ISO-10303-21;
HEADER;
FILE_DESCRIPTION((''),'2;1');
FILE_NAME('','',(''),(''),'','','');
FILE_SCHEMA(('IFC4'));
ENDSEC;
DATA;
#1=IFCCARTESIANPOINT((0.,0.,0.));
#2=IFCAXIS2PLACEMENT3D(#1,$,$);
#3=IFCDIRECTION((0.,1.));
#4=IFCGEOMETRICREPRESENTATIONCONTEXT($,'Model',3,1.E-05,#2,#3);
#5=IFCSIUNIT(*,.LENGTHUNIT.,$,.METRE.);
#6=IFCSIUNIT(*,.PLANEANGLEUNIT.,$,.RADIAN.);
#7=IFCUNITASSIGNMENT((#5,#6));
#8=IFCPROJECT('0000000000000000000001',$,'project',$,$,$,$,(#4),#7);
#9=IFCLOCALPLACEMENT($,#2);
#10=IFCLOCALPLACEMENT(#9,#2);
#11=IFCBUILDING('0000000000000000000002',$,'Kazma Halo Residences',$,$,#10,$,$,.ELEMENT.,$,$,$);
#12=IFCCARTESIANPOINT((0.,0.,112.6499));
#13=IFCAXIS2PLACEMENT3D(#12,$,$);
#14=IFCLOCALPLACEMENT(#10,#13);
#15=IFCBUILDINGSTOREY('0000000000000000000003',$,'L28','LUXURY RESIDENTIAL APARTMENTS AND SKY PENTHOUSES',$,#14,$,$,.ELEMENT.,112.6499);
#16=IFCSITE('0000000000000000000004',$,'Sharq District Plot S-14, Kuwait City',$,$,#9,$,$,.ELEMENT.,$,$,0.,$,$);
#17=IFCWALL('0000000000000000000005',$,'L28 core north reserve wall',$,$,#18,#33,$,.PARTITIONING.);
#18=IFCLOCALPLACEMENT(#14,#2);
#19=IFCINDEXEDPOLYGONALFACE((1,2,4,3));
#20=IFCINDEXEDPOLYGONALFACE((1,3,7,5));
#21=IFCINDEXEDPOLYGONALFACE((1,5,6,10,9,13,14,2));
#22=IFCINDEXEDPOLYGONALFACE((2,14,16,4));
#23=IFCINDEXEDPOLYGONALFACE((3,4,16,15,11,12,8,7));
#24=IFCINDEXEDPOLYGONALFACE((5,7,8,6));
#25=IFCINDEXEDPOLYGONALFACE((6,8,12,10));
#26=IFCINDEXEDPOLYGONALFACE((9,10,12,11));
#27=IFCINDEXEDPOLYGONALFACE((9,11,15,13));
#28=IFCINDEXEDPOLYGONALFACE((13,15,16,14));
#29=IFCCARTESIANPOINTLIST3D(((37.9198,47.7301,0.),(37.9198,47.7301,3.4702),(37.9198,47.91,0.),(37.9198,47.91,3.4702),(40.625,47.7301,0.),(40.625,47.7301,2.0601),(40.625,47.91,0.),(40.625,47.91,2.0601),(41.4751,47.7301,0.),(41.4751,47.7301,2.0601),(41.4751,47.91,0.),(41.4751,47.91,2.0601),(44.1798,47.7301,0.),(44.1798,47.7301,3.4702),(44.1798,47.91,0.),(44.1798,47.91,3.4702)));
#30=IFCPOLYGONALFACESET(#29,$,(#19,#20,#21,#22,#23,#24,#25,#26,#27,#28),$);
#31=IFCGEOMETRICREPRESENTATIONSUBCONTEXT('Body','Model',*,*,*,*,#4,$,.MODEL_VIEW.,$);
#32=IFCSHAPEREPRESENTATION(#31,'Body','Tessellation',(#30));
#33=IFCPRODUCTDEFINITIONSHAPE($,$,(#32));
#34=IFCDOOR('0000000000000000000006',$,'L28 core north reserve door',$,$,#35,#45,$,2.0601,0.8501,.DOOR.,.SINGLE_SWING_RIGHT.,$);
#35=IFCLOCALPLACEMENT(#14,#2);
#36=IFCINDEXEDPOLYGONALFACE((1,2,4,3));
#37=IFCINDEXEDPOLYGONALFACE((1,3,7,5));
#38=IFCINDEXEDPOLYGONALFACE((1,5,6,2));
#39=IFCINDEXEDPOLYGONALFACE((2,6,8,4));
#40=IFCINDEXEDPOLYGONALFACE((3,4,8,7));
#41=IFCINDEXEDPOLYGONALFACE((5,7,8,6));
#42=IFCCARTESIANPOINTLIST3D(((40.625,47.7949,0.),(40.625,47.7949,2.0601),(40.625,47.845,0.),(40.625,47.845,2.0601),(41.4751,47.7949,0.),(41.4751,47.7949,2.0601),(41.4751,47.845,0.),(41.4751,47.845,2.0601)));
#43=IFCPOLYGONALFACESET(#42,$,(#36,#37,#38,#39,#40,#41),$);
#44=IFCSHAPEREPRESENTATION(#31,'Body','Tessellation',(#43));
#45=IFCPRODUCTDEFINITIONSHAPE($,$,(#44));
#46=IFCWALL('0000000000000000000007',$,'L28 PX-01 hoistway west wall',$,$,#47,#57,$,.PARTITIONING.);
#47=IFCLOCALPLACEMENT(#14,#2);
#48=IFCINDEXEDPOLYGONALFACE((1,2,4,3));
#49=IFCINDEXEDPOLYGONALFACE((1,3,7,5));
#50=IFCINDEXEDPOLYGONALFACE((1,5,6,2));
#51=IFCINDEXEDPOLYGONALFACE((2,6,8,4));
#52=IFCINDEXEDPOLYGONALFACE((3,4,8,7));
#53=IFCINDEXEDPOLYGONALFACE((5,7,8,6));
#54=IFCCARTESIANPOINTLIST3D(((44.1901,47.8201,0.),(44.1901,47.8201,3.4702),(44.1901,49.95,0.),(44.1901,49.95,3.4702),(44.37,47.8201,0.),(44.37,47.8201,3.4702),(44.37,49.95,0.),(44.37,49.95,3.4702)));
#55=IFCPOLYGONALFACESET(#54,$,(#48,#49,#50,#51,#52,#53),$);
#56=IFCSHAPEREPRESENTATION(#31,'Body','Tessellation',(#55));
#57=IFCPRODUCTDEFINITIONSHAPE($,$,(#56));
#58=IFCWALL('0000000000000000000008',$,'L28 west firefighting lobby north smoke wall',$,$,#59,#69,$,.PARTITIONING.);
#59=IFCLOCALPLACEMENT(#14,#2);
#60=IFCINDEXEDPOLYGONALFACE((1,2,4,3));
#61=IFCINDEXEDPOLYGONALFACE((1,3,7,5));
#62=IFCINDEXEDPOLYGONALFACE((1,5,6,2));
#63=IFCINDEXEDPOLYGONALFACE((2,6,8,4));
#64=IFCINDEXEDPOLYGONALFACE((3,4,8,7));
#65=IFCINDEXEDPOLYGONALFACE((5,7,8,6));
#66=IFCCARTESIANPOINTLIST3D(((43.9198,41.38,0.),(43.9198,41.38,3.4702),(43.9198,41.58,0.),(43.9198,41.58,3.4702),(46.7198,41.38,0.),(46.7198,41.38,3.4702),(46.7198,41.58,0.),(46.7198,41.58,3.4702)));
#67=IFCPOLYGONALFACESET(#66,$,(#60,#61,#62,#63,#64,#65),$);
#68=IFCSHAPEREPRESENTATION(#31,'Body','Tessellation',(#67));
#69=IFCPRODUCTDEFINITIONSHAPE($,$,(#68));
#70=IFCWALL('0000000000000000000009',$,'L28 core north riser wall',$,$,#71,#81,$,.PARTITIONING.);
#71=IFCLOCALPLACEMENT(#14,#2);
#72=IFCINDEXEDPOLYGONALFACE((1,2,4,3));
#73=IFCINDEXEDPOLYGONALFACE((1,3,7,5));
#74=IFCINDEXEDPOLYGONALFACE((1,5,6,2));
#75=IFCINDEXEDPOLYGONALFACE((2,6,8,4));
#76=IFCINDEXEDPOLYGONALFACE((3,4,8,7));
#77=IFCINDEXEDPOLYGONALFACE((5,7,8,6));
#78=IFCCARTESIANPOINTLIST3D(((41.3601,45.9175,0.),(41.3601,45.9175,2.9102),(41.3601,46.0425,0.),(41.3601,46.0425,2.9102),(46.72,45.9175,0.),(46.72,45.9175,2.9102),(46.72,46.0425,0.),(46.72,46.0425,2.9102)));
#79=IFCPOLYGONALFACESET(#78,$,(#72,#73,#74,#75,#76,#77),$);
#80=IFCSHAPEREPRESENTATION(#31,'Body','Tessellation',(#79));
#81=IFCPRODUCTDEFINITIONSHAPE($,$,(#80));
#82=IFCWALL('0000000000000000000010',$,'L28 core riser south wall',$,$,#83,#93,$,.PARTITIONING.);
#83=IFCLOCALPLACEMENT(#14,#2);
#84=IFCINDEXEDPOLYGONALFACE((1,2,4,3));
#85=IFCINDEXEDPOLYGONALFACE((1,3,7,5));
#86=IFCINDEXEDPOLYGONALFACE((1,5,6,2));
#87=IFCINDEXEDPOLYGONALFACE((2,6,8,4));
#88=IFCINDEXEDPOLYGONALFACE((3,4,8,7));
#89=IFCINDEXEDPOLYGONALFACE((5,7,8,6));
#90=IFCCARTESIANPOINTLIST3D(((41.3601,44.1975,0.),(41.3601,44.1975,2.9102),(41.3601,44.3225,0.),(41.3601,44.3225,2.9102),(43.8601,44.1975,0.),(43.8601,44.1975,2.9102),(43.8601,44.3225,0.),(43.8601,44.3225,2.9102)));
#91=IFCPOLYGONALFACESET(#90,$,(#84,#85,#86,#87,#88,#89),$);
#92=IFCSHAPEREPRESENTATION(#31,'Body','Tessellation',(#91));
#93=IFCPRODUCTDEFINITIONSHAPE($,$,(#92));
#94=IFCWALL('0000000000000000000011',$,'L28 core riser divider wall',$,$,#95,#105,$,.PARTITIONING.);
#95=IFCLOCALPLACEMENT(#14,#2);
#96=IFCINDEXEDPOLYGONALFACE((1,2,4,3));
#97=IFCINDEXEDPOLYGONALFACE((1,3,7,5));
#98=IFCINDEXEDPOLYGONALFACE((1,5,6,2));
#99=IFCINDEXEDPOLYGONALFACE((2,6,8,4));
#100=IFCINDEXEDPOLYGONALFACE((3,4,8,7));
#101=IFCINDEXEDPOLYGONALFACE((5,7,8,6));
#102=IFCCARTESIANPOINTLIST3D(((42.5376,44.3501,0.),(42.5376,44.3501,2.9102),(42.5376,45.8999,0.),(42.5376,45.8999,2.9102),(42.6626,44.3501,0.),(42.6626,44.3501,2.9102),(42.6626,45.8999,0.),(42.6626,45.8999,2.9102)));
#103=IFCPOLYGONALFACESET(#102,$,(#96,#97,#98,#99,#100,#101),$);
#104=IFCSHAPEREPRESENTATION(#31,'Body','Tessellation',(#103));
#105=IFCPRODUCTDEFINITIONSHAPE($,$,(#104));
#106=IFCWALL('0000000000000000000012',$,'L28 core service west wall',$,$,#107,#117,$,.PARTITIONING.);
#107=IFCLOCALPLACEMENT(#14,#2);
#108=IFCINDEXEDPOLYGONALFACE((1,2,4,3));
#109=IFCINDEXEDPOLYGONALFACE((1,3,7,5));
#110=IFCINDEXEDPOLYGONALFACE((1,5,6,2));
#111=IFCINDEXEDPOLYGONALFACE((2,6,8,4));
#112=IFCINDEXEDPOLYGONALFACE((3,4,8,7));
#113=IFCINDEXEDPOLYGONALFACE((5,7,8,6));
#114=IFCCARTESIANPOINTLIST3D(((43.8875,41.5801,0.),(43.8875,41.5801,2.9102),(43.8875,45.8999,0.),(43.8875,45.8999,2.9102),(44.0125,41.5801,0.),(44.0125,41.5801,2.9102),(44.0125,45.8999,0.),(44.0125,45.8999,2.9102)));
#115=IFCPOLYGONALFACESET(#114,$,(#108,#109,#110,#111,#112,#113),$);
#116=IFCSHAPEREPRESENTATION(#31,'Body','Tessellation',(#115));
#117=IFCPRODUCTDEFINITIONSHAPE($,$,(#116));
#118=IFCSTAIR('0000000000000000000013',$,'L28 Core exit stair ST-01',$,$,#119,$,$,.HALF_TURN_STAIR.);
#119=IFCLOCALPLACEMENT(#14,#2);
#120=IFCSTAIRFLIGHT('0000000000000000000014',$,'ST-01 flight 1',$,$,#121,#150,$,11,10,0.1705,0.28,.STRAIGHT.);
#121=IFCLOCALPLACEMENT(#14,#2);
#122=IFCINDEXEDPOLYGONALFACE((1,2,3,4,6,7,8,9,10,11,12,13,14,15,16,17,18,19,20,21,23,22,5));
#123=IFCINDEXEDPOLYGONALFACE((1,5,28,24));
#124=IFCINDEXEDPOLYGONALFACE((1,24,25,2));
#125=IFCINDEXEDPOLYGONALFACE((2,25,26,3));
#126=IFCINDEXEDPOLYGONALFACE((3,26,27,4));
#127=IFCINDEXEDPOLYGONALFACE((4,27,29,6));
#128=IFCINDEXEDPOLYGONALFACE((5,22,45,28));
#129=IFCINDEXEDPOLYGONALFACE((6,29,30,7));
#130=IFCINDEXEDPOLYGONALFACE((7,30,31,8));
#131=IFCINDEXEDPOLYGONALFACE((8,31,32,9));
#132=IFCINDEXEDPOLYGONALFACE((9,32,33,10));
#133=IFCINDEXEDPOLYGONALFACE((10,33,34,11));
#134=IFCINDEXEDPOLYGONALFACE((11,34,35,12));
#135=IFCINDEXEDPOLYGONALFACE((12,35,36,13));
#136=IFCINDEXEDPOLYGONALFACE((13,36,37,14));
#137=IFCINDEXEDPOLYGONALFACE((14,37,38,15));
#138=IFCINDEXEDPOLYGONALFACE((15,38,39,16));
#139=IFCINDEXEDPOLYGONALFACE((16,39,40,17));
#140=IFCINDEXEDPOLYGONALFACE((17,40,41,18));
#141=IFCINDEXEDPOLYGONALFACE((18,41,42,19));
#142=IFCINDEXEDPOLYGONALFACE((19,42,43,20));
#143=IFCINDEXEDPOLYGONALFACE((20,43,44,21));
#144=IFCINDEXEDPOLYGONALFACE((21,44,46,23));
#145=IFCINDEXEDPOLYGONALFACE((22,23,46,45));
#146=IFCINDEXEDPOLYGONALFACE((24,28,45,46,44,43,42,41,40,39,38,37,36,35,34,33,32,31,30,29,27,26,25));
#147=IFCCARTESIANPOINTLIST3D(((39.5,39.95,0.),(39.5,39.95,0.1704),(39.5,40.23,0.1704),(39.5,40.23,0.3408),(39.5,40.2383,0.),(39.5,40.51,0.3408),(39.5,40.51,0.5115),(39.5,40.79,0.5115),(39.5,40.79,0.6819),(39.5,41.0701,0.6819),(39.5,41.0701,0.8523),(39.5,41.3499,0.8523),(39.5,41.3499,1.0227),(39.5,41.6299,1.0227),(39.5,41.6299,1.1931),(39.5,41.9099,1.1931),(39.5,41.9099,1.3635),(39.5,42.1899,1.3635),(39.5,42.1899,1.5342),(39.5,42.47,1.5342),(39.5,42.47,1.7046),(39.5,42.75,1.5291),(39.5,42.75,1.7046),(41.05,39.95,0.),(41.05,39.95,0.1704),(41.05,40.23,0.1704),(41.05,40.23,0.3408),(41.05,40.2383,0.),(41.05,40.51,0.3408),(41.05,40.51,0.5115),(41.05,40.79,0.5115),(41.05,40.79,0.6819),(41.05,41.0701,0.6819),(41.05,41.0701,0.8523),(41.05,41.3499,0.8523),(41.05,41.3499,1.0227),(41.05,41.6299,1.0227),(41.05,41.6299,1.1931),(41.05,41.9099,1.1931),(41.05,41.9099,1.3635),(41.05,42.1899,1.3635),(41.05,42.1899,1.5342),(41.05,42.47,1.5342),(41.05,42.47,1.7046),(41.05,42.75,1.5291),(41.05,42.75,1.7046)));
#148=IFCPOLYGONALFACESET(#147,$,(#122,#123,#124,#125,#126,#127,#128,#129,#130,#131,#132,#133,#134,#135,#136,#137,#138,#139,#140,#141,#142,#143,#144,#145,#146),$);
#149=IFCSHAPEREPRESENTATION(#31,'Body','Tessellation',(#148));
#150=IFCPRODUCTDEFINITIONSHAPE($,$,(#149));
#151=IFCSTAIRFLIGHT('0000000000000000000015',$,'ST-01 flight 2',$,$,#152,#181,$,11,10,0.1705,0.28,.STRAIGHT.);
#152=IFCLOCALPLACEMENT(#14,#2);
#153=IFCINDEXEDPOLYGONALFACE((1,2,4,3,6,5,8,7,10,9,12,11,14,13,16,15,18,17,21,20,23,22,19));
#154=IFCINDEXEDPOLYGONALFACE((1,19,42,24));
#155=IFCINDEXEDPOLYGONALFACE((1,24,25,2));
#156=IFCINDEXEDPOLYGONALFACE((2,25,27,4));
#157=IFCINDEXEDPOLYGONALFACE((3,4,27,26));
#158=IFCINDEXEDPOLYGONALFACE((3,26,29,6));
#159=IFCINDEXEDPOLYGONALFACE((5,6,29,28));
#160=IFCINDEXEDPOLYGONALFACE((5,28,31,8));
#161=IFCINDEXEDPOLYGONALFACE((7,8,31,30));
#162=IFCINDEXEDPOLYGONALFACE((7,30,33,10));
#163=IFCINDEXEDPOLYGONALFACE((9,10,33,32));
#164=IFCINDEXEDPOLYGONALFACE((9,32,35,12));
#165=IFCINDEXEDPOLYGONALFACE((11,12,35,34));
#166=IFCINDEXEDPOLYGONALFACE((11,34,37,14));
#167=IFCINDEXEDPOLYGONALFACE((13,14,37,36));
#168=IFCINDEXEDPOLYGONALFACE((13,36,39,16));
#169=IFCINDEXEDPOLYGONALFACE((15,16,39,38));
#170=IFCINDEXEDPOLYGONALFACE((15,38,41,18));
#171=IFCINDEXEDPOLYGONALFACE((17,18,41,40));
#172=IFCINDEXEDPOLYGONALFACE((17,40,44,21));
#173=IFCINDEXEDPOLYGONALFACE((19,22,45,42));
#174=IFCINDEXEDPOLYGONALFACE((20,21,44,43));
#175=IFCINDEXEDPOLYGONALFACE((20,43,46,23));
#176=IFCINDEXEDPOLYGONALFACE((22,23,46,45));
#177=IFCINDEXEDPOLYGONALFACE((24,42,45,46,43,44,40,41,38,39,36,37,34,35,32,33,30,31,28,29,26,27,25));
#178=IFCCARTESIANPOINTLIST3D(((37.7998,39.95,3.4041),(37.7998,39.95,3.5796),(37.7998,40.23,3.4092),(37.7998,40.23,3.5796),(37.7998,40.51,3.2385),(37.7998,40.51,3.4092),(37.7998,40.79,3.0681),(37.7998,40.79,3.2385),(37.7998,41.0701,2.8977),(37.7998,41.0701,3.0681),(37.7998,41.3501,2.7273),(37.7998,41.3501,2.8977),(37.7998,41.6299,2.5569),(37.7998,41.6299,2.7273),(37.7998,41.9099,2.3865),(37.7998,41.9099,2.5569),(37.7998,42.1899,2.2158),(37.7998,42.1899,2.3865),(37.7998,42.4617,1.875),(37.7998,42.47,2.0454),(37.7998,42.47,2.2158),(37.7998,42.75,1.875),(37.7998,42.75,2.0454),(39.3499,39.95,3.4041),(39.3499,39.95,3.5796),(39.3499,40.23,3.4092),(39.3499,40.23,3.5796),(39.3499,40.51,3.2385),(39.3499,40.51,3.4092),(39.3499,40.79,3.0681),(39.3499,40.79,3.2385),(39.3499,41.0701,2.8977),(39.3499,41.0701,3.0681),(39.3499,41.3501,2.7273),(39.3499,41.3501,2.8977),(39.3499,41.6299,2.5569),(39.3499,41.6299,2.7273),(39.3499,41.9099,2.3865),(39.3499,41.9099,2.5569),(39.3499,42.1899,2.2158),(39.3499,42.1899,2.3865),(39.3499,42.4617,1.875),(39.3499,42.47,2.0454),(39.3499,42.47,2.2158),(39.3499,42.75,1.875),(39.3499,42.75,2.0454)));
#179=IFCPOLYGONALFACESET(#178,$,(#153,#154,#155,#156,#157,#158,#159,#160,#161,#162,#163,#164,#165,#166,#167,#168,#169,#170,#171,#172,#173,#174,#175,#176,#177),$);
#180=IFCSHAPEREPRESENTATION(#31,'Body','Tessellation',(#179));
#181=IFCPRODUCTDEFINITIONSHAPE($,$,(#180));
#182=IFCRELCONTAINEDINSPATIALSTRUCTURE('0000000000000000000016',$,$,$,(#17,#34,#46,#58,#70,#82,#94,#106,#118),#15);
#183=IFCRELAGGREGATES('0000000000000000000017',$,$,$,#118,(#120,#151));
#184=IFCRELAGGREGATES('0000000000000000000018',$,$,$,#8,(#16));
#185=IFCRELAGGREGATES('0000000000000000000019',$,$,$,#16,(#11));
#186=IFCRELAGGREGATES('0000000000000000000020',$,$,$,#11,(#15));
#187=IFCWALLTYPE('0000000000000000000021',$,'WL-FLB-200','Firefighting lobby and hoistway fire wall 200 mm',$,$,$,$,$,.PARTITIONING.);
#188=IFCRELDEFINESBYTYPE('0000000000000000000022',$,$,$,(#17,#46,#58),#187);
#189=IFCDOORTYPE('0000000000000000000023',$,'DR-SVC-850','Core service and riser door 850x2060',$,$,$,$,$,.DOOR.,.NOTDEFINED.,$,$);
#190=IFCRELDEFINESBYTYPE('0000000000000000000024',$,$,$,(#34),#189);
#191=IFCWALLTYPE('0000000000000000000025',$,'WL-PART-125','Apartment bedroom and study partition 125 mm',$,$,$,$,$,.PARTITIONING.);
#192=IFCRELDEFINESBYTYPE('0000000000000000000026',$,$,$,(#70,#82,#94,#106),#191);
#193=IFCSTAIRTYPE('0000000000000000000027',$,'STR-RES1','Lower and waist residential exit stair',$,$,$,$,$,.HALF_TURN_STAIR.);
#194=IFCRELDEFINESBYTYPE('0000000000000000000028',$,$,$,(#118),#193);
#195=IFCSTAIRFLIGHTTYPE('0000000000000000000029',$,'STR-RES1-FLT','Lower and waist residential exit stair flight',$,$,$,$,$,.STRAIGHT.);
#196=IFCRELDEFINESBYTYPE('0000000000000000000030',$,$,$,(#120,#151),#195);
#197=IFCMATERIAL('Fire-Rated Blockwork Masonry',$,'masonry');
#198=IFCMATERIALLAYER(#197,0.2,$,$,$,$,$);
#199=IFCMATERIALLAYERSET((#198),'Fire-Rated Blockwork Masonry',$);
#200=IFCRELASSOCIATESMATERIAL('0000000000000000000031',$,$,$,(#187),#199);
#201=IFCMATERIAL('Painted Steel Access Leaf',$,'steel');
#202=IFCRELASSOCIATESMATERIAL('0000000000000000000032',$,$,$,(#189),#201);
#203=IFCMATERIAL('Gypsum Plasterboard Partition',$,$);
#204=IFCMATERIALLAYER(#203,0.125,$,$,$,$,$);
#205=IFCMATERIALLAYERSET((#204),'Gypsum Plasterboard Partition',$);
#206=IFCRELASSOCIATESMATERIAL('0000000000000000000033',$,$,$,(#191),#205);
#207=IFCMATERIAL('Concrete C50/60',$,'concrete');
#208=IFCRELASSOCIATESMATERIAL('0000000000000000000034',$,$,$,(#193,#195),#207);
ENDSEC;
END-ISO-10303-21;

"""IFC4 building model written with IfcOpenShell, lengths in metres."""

from ifc_helpers import new_model, si_unit, direction, frame, frame_2d, origin, place, context, subcontext, project, spatial, polyline, rectangle, outline, extrude, material, layer, layer_set, type_object, element, fill, aggregate, save


model = new_model("IFC4")

# Units and contexts
model_context = context("Model", 3, precision=1e-05, world=origin(), true_north=direction((0.0, 1.0)))
body_context = subcontext(model_context, "Body", "Model", "MODEL_VIEW")
ifc_project = project(units=[si_unit("LENGTHUNIT", "METRE"), si_unit("PLANEANGLEUNIT", "RADIAN")], contexts=[model_context])

# Site, building, storey
site_placement = place(None, origin())
site = spatial("IfcSite", under=ifc_project, at=site_placement, Name="Sharq District Plot S-14, Kuwait City", CompositionType="ELEMENT", RefElevation=0.0)
building_placement = place(site_placement, origin())
building = spatial("IfcBuilding", under=site, at=building_placement, Name="Kazma Halo Residences", CompositionType="ELEMENT")
storey_placement = place(building_placement, frame((0.0, 0.0, 112.6499)))
storey = spatial("IfcBuildingStorey", under=building, at=storey_placement, Name="L28", Description="LUXURY RESIDENTIAL APARTMENTS AND SKY PENTHOUSES", CompositionType="ELEMENT", Elevation=112.6499)

# Shared definitions
ifc_material_1 = material(Name="Fire-Rated Blockwork Masonry", Category="masonry")
ifc_layer_1 = layer(ifc_material_1, 0.2)
ifc_layer_set_1 = layer_set([ifc_layer_1], Name="Fire-Rated Blockwork Masonry")
wall_type_1 = type_object("IfcWallType", Name="WL-FLB-200", Description="Firefighting lobby and hoistway fire wall 200 mm", PredefinedType="PARTITIONING", material=ifc_layer_set_1)

# Wall, opening, door
wall_1_placement = place(storey_placement, frame((37.9199, 47.8201, 0.0), z_axis=(0.0, 0.0, 1.0), x_axis=(1.0, 0.0, 0.0)))
wall_1 = element("IfcWall", 1, at=wall_1_placement, inside=storey, type_object=wall_type_1, Name="L28 core north reserve wall", PredefinedType="PARTITIONING", context=body_context, shape_type="SweptSolid", body=[
    extrude(rectangle(XDim=6.26, YDim=0.1799, at=frame_2d((3.1299, 0.0))), origin(), (0.0, 0.0, 1.0), 3.4702),
])
opening_1_placement = place(wall_1_placement, frame((2.7051, 0.0, 0.0)))
opening_1 = element("IfcOpeningElement", 2, at=opening_1_placement, cuts=wall_1, PredefinedType="OPENING", context=body_context, shape_type="SweptSolid", body=[
    extrude(rectangle(XDim=0.8501, YDim=2.0601, at=frame_2d((0.425, 1.03))), frame((0.0, 0.0999, 0.0), z_axis=(0.0, -1.0, 0.0), x_axis=(1.0, 0.0, 0.0)), (0.0, 0.0, 1.0), 0.2),
])
ifc_material_2 = material(Name="Painted Steel Access Leaf", Category="steel")
door_type_1 = type_object("IfcDoorType", Name="DR-SVC-850", Description="Core service and riser door 850x2060", OperationType="NOTDEFINED", PredefinedType="DOOR", material=ifc_material_2)
door_1_placement = place(opening_1_placement, origin())
door_1 = element("IfcDoor", 3, at=door_1_placement, inside=storey, type_object=door_type_1, Name="L28 core north reserve door", OperationType="SINGLE_SWING_RIGHT", OverallHeight=2.0601, OverallWidth=0.8501, PredefinedType="DOOR", context=body_context, shape_type="SweptSolid", body=[
    extrude(rectangle(XDim=0.8501, YDim=2.0601, at=frame_2d((0.425, 1.03))), frame((0.0, 0.0249, 0.0), z_axis=(0.0, -1.0, 0.0), x_axis=(1.0, 0.0, 0.0)), (0.0, 0.0, 1.0), 0.05),
])
fill(opening_1, door_1)

# Walls
wall_2_placement = place(storey_placement, frame((44.28, 47.8201, 0.0), z_axis=(0.0, 0.0, 1.0), x_axis=(0.0, 1.0, 0.0)))
element("IfcWall", 4, at=wall_2_placement, inside=storey, type_object=wall_type_1, Name="L28 PX-01 hoistway west wall", PredefinedType="PARTITIONING", context=body_context, shape_type="SweptSolid", body=[
    extrude(rectangle(XDim=2.1299, YDim=0.1799, at=frame_2d((1.0649, 0.0))), origin(), (0.0, 0.0, 1.0), 3.4702),
])
wall_3_placement = place(storey_placement, frame((43.9199, 41.48, 0.0), z_axis=(0.0, 0.0, 1.0), x_axis=(1.0, 0.0, 0.0)))
element("IfcWall", 5, at=wall_3_placement, inside=storey, type_object=wall_type_1, Name="L28 west firefighting lobby north smoke wall", PredefinedType="PARTITIONING", context=body_context, shape_type="SweptSolid", body=[
    extrude(rectangle(XDim=2.8, YDim=0.2, at=frame_2d((1.3999, 0.0))), origin(), (0.0, 0.0, 1.0), 3.4702),
])
ifc_material_3 = material(Name="Gypsum Plasterboard Partition")
ifc_layer_2 = layer(ifc_material_3, 0.125)
ifc_layer_set_2 = layer_set([ifc_layer_2], Name="Gypsum Plasterboard Partition")
wall_type_2 = type_object("IfcWallType", Name="WL-PART-125", Description="Apartment bedroom and study partition 125 mm", PredefinedType="PARTITIONING", material=ifc_layer_set_2)
wall_4_placement = place(storey_placement, frame((41.3601, 45.98, 0.0), z_axis=(0.0, 0.0, 1.0), x_axis=(1.0, 0.0, 0.0)))
element("IfcWall", 6, at=wall_4_placement, inside=storey, type_object=wall_type_2, Name="L28 core north riser wall", PredefinedType="PARTITIONING", context=body_context, shape_type="SweptSolid", body=[
    extrude(rectangle(XDim=5.3599, YDim=0.125, at=frame_2d((2.6799, 0.0))), origin(), (0.0, 0.0, 1.0), 2.9102),
])
wall_5_placement = place(storey_placement, frame((41.3601, 44.26, 0.0), z_axis=(0.0, 0.0, 1.0), x_axis=(1.0, 0.0, 0.0)))
element("IfcWall", 7, at=wall_5_placement, inside=storey, type_object=wall_type_2, Name="L28 core riser south wall", PredefinedType="PARTITIONING", context=body_context, shape_type="SweptSolid", body=[
    extrude(rectangle(XDim=2.5, YDim=0.125, at=frame_2d((1.25, 0.0))), origin(), (0.0, 0.0, 1.0), 2.9102),
])
wall_6_placement = place(storey_placement, frame((42.6001, 44.3501, 0.0), z_axis=(0.0, 0.0, 1.0), x_axis=(0.0, 1.0, 0.0)))
element("IfcWall", 8, at=wall_6_placement, inside=storey, type_object=wall_type_2, Name="L28 core riser divider wall", PredefinedType="PARTITIONING", context=body_context, shape_type="SweptSolid", body=[
    extrude(rectangle(XDim=1.5498, YDim=0.125, at=frame_2d((0.7749, 0.0))), origin(), (0.0, 0.0, 1.0), 2.9102),
])
wall_7_placement = place(storey_placement, frame((43.95, 41.5801, 0.0), z_axis=(0.0, 0.0, 1.0), x_axis=(0.0, 1.0, 0.0)))
element("IfcWall", 9, at=wall_7_placement, inside=storey, type_object=wall_type_2, Name="L28 core service west wall", PredefinedType="PARTITIONING", context=body_context, shape_type="SweptSolid", body=[
    extrude(rectangle(XDim=4.3198, YDim=0.125, at=frame_2d((2.1599, 0.0))), origin(), (0.0, 0.0, 1.0), 2.9102),
])

# Stair, stair flights
ifc_material_4 = material(Name="Concrete C50/60", Category="concrete")
stair_type = type_object("IfcStairType", Name="STR-RES1", Description="Lower and waist residential exit stair", PredefinedType="HALF_TURN_STAIR", material=ifc_material_4)
stair_placement = place(storey_placement, origin())
stair = element("IfcStair", 10, at=stair_placement, inside=storey, type_object=stair_type, Name="L28 Core exit stair ST-01", PredefinedType="HALF_TURN_STAIR")
stair_flight_type = type_object("IfcStairFlightType", Name="STR-RES1-FLT", Description="Lower and waist residential exit stair flight", PredefinedType="STRAIGHT", material=ifc_material_4)
stair_flight_1_placement = place(storey_placement, frame((40.2749, 39.95, 0.0), z_axis=(0.0, 0.0, 1.0), x_axis=(0.0, 1.0, 0.0)))
stair_flight_1 = element("IfcStairFlight", 11, at=stair_flight_1_placement, type_object=stair_flight_type, Name="ST-01 flight 1", NumberOfRisers=11, NumberOfTreads=10, PredefinedType="STRAIGHT", RiserHeight=0.1705, TreadLength=0.28, context=body_context, shape_type="SweptSolid", body=[
    extrude(outline(polyline([(0.0, 0.0), (0.0, 0.1704), (0.28, 0.1704), (0.28, 0.3408), (0.5601, 0.3408), (0.5601, 0.5115), (0.8401, 0.5115), (0.8401, 0.6819), (1.1201, 0.6819), (1.1201, 0.8523), (1.3999, 0.8523), (1.3999, 1.0227), (1.6799, 1.0227), (1.6799, 1.1931), (1.96, 1.1931), (1.96, 1.3635), (2.24, 1.3635), (2.24, 1.5342), (2.52, 1.5342), (2.52, 1.7046), (2.8, 1.7046), (2.8, 1.875), (2.8, 1.5291), (0.2883, 0.0), (0.0, 0.0)])), frame((0.0, 0.7749, 0.0), z_axis=(0.0, -1.0, 0.0), x_axis=(1.0, 0.0, 0.0)), (0.0, 0.0, 1.0), 1.55),
])
stair_flight_2_placement = place(storey_placement, frame((38.575, 42.75, 1.875), z_axis=(0.0, 0.0, 1.0), x_axis=(0.0, -1.0, 0.0)))
stair_flight_2 = element("IfcStairFlight", 12, at=stair_flight_2_placement, type_object=stair_flight_type, Name="ST-01 flight 2", NumberOfRisers=11, NumberOfTreads=10, PredefinedType="STRAIGHT", RiserHeight=0.1705, TreadLength=0.28, context=body_context, shape_type="SweptSolid", body=[
    extrude(outline(polyline([(0.0, 0.0), (0.0, 0.1704), (0.28, 0.1704), (0.28, 0.3408), (0.5601, 0.3408), (0.5601, 0.5115), (0.8401, 0.5115), (0.8401, 0.6819), (1.1201, 0.6819), (1.1201, 0.8523), (1.3999, 0.8523), (1.3999, 1.0227), (1.6799, 1.0227), (1.6799, 1.1931), (1.96, 1.1931), (1.96, 1.3635), (2.24, 1.3635), (2.24, 1.5342), (2.52, 1.5342), (2.52, 1.7046), (2.8, 1.7046), (2.8, 1.875), (2.8, 1.5291), (0.2883, 0.0), (0.0, 0.0)])), frame((0.0, 0.7749, 0.0), z_axis=(0.0, -1.0, 0.0), x_axis=(1.0, 0.0, 0.0)), (0.0, 0.0, 1.0), 1.55),
])
aggregate(stair, [stair_flight_1, stair_flight_2])

save(model, "model.ifc")
